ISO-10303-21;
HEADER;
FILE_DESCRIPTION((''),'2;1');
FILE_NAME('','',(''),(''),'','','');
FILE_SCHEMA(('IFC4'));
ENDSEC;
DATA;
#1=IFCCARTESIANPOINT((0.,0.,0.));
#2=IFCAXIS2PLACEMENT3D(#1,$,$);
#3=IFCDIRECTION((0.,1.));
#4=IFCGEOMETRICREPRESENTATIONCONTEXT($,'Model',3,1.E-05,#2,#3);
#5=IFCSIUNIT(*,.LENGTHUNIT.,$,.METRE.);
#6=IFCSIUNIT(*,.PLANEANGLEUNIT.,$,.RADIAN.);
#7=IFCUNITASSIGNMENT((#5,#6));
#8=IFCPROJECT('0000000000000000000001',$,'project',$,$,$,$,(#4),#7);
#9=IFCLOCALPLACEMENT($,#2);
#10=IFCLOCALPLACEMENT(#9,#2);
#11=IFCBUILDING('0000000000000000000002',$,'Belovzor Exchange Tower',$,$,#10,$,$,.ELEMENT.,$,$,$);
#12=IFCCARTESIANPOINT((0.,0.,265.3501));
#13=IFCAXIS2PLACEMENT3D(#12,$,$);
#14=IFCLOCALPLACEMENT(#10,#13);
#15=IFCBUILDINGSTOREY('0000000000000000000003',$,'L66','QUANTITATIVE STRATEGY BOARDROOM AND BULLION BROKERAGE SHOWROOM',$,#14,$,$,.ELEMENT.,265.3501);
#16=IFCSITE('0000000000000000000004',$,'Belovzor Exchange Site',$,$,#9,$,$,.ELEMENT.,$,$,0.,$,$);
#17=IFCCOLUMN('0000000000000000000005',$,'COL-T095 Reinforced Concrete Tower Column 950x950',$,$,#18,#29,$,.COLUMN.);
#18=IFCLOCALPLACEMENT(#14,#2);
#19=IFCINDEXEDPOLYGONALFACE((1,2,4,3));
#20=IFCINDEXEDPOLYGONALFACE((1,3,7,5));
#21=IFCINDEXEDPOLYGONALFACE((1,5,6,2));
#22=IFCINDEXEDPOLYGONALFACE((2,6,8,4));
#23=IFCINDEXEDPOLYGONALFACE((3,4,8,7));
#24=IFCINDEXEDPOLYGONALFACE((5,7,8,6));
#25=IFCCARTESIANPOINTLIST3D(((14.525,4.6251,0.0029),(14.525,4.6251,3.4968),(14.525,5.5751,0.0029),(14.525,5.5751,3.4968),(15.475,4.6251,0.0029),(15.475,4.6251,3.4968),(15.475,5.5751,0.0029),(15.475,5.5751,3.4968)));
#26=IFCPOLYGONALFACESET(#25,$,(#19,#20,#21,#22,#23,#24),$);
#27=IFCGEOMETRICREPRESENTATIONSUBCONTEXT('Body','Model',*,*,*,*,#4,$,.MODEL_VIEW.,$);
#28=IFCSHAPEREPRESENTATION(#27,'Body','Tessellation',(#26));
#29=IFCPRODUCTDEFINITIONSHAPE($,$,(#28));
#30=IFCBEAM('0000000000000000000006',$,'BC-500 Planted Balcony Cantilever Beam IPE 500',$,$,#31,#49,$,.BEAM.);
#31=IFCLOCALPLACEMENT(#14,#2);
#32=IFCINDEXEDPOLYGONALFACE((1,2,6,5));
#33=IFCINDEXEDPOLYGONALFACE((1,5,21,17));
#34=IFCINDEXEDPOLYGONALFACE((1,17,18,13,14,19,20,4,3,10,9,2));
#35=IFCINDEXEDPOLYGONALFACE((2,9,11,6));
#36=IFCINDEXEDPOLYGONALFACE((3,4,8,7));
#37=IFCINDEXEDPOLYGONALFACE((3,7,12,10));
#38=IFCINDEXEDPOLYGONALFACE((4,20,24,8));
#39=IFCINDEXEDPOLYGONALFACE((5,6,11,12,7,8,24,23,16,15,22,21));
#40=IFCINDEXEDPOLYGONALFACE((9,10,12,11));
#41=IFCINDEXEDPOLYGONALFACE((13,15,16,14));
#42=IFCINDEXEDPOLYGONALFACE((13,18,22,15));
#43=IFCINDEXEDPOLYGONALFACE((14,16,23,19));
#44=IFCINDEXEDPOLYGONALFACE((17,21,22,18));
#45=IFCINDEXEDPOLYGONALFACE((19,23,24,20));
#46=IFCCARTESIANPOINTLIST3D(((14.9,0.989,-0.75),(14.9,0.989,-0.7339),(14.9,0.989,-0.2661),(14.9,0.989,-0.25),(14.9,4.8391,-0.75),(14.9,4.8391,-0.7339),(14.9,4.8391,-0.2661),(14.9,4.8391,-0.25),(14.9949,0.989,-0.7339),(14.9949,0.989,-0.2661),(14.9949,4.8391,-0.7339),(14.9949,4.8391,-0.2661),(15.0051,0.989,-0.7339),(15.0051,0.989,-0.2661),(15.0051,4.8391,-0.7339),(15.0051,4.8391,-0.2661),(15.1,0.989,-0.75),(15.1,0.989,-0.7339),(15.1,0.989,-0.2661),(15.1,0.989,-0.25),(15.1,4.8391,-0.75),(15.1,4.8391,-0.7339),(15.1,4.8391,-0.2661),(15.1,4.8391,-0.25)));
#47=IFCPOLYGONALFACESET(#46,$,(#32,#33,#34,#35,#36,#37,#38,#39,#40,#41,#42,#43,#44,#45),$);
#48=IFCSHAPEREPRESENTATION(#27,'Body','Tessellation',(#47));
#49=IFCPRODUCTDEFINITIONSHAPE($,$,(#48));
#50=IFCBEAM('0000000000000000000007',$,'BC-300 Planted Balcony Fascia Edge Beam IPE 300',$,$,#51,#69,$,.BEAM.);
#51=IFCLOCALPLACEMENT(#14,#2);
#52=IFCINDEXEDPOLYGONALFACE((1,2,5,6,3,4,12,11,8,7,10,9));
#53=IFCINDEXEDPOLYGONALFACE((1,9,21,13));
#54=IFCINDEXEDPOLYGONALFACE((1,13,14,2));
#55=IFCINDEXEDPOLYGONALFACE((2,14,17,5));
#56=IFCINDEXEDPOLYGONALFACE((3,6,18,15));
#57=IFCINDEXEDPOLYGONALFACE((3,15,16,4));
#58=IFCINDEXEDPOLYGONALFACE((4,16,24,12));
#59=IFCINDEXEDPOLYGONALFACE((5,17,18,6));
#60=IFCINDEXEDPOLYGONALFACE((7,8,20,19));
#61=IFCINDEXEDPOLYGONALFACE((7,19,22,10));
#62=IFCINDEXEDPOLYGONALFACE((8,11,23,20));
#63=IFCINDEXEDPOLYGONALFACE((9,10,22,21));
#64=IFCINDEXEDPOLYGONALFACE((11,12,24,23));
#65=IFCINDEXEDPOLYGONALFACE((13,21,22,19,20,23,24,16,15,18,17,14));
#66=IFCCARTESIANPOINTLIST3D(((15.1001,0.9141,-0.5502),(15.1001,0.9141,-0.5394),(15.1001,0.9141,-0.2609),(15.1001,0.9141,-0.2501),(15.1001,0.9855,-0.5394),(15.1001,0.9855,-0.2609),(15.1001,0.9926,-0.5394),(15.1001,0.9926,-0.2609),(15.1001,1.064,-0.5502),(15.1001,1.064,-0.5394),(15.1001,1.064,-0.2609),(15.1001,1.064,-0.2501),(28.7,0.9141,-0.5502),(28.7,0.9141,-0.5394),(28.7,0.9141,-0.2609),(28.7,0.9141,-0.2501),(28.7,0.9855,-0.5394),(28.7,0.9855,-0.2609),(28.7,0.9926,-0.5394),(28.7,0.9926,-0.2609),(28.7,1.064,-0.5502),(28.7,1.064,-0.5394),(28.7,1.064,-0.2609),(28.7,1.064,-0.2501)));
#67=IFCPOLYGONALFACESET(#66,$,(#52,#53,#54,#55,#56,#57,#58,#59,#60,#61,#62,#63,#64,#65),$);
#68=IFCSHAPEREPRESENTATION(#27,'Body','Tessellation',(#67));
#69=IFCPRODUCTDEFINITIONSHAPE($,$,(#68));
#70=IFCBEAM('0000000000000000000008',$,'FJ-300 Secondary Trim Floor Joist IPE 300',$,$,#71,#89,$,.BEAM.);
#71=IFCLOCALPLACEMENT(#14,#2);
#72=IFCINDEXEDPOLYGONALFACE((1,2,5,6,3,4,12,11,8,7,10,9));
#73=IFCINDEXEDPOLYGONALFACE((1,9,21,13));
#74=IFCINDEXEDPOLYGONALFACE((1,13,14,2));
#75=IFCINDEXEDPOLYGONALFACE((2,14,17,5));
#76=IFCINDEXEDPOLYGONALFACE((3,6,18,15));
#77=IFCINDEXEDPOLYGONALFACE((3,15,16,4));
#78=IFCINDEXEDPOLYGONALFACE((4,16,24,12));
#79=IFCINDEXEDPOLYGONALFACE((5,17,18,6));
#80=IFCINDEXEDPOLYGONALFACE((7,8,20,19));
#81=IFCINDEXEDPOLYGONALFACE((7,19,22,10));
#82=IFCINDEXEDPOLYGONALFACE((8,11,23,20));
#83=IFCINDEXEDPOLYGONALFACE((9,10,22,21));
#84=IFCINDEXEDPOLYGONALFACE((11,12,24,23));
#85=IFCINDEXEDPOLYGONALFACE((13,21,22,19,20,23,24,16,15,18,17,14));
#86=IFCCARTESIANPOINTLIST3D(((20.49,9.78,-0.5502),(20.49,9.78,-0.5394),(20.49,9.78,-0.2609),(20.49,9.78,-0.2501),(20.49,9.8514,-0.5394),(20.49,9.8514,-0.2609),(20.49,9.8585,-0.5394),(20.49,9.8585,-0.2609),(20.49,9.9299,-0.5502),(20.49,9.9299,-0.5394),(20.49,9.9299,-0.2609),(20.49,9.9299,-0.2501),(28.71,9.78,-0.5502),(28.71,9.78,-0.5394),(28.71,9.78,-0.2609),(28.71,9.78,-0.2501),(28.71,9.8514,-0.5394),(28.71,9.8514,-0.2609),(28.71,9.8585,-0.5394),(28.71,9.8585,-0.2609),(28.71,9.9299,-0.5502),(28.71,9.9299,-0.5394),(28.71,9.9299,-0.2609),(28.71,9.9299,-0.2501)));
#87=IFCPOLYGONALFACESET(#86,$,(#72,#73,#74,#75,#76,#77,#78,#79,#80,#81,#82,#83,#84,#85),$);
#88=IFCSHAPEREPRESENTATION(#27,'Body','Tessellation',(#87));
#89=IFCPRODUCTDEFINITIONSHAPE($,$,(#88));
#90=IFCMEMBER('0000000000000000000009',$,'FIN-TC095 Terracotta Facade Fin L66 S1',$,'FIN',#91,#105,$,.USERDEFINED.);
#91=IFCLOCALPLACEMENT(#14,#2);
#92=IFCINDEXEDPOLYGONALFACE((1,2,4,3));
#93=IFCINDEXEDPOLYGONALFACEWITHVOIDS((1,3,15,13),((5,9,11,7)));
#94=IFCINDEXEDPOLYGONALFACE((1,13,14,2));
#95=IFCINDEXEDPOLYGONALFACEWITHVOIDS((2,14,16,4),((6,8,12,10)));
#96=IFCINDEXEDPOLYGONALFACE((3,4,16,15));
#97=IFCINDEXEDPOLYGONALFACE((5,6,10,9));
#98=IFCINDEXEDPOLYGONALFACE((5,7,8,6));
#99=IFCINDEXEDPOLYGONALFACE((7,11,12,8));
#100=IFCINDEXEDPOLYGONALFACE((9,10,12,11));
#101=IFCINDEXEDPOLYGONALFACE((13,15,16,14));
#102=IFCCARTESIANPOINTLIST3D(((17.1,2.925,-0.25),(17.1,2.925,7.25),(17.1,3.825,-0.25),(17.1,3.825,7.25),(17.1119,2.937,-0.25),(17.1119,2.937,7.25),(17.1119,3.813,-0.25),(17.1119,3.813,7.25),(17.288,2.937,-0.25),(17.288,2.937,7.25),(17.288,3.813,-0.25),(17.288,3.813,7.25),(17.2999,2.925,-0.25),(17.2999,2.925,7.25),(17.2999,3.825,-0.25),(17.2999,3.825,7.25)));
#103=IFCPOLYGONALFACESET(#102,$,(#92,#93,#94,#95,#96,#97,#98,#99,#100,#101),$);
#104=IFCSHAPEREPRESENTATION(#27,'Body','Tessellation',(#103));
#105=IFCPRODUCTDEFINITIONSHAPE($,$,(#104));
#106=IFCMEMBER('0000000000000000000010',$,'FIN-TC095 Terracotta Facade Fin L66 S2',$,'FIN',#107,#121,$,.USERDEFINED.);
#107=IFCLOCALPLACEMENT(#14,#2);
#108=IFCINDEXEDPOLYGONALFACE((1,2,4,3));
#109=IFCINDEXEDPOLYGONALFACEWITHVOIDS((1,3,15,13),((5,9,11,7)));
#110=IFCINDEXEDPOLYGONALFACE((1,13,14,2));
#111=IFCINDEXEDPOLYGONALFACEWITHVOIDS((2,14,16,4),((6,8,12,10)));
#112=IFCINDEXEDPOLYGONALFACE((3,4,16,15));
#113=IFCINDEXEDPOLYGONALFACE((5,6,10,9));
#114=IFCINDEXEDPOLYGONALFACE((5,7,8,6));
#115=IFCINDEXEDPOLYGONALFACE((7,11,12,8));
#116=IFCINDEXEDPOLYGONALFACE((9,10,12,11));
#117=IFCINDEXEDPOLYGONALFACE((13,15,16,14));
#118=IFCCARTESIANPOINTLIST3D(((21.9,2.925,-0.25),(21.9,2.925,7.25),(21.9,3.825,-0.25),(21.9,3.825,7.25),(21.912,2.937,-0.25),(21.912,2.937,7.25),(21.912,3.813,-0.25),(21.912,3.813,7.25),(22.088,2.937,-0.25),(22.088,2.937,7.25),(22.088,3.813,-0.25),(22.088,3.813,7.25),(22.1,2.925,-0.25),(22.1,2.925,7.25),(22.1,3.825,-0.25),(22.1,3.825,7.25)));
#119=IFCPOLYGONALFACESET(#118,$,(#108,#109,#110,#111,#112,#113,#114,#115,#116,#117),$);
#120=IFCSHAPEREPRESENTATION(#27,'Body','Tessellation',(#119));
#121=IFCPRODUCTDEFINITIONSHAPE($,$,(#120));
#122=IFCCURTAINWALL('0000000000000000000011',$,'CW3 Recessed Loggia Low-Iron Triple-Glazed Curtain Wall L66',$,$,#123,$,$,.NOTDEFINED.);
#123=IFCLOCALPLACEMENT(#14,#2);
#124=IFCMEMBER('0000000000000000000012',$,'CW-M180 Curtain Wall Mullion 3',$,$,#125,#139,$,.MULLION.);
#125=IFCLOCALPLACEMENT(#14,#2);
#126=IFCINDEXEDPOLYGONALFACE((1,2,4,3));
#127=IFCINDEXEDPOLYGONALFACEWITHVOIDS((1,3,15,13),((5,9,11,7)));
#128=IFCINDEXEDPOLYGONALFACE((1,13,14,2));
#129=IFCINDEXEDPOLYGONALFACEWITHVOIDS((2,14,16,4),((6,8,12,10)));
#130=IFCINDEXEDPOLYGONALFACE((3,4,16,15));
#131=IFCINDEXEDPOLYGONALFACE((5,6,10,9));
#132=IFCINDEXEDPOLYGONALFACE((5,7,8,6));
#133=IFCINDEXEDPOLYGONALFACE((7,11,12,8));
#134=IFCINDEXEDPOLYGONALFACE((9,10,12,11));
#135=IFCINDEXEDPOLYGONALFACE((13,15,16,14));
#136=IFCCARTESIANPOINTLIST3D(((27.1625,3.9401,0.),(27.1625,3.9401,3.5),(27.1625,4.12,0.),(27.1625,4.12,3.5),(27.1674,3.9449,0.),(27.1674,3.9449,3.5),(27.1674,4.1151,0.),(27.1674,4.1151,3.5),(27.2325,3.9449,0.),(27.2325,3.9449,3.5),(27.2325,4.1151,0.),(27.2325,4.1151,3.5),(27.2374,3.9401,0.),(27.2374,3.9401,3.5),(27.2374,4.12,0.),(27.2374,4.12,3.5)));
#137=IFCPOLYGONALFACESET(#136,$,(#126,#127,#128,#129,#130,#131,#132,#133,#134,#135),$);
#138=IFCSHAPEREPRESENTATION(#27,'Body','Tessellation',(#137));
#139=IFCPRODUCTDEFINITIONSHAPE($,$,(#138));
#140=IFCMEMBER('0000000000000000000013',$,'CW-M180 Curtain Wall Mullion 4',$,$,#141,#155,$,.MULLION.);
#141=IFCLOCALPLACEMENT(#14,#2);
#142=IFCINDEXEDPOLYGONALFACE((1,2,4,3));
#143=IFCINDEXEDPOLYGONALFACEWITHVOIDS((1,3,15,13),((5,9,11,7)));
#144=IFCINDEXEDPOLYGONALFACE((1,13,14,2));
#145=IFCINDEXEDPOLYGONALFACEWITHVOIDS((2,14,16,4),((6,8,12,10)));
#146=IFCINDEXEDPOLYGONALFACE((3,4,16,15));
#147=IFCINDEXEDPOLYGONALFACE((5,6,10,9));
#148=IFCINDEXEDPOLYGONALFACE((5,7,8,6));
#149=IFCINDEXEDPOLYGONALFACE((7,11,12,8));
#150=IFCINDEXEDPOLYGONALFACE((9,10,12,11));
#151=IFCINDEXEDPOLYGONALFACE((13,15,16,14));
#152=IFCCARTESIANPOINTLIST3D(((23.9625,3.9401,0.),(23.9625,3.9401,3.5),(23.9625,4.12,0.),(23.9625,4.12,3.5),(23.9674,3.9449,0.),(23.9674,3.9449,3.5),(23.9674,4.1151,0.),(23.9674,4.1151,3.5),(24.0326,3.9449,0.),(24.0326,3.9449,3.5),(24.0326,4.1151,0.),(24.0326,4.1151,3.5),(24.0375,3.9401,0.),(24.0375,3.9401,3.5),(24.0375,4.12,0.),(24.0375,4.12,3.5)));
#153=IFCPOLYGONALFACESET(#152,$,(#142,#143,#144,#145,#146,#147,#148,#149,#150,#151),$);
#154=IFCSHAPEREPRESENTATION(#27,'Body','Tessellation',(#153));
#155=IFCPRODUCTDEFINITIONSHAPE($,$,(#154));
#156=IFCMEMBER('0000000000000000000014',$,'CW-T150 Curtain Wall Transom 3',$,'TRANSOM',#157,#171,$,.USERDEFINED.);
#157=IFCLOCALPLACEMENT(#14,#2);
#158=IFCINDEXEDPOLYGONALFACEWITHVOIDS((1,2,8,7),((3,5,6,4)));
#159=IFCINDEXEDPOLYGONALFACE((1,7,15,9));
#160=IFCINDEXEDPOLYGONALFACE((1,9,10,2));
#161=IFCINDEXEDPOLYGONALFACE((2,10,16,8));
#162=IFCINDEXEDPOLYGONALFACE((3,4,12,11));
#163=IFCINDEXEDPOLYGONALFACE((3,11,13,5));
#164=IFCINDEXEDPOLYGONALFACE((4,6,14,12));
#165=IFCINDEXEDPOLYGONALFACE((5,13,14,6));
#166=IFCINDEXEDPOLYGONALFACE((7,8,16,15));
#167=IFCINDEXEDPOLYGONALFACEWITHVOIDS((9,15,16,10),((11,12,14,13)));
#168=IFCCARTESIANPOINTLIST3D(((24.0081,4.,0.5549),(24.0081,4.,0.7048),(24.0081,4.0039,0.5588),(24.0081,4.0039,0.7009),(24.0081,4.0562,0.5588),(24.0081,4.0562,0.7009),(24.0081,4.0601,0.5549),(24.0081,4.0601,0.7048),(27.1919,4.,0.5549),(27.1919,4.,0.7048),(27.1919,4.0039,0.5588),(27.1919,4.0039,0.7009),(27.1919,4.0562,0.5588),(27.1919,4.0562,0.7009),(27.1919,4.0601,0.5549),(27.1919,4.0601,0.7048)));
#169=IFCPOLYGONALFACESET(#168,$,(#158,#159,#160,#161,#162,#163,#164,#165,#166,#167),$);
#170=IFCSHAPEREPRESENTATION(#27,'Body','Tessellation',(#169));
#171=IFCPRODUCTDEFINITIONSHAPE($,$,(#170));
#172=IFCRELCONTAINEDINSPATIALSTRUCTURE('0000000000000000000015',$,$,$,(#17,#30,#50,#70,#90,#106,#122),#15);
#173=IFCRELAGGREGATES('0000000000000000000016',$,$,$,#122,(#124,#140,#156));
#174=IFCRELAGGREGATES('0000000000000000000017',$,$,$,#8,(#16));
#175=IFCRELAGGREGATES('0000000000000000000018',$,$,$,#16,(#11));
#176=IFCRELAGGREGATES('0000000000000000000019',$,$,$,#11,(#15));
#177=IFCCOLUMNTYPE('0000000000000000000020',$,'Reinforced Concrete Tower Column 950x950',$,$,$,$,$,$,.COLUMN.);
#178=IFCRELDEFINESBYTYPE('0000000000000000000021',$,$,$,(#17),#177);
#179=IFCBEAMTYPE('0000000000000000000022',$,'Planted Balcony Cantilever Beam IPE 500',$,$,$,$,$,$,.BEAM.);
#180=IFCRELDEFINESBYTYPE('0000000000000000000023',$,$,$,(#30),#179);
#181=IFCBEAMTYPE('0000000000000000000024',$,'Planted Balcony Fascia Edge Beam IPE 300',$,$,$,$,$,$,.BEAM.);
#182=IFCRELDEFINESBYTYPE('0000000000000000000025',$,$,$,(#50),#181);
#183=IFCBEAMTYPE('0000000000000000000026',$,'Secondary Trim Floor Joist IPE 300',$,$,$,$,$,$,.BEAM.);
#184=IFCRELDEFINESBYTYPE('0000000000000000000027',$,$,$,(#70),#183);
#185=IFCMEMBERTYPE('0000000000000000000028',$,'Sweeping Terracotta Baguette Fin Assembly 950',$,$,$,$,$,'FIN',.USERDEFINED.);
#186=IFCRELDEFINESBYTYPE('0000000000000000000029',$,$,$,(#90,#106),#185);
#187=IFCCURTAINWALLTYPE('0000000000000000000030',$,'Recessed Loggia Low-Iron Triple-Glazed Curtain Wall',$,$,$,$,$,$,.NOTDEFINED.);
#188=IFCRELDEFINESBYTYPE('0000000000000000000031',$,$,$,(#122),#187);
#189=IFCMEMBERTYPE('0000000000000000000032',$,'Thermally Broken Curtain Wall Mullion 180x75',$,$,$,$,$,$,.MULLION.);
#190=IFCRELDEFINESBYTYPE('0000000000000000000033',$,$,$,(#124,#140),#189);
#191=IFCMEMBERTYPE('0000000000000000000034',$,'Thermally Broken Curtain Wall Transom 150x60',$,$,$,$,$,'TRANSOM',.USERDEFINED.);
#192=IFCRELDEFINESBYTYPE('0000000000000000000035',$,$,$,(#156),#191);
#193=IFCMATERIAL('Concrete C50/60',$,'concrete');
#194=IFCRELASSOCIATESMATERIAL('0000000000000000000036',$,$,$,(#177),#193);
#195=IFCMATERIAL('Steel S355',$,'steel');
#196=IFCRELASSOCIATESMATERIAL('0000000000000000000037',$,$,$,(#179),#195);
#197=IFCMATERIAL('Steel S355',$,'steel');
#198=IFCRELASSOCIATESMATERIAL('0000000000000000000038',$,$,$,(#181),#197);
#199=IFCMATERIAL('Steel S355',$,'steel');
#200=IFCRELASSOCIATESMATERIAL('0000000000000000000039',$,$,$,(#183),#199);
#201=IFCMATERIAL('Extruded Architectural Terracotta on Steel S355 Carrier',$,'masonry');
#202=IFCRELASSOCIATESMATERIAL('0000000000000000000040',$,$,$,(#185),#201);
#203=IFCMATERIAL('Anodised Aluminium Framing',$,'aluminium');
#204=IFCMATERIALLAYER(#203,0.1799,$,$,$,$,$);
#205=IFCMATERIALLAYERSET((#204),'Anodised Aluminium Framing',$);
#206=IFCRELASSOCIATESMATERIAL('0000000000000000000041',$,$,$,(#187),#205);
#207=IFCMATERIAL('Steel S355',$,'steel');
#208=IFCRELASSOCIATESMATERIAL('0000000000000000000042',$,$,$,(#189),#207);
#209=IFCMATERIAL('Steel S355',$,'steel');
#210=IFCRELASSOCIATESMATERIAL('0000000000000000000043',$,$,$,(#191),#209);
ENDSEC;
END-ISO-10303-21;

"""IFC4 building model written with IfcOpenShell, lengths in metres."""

from ifc_helpers import new_model, si_unit, direction, frame, origin, origin_2d, place, context, subcontext, project, spatial, rectangle, hollow_rectangle, i_section, extrude, material, layer, layer_set, material_profile, profile_set, type_object, element, aggregate, save


model = new_model("IFC4")

# Units and contexts
model_context = context("Model", 3, precision=1e-05, world=origin(), true_north=direction((0.0, 1.0)))
body_context = subcontext(model_context, "Body", "Model", "MODEL_VIEW")
ifc_project = project(units=[si_unit("LENGTHUNIT", "METRE"), si_unit("PLANEANGLEUNIT", "RADIAN")], contexts=[model_context])

# Site, building, storey
site_placement = place(None, origin())
site = spatial("IfcSite", under=ifc_project, at=site_placement, Name="Belovzor Exchange Site", CompositionType="ELEMENT", RefElevation=0.0)
building_placement = place(site_placement, origin())
building = spatial("IfcBuilding", under=site, at=building_placement, Name="Belovzor Exchange Tower", CompositionType="ELEMENT")
storey_placement = place(building_placement, frame((0.0, 0.0, 265.3501)))
storey = spatial("IfcBuildingStorey", under=building, at=storey_placement, Name="L66", Description="QUANTITATIVE STRATEGY BOARDROOM AND BULLION BROKERAGE SHOWROOM", CompositionType="ELEMENT", Elevation=265.3501)

# Column
ifc_material_1 = material(Name="Concrete C50/60", Category="concrete")
ifc_material_profile_1 = material_profile(ifc_material_1, rectangle(XDim=0.95, YDim=0.95, at=origin_2d()))
ifc_profile_set_1 = profile_set([ifc_material_profile_1], Name="Concrete C50/60")
column_type = type_object("IfcColumnType", Name="Reinforced Concrete Tower Column 950x950", PredefinedType="COLUMN", material=ifc_profile_set_1)
column_placement = place(storey_placement, frame((15.0, 5.1001, 0.0029), z_axis=(0.0, 0.0, 1.0), x_axis=(1.0, 0.0, 0.0)))
element("IfcColumn", 1, at=column_placement, inside=storey, type_object=column_type, Name="COL-T095 Reinforced Concrete Tower Column 950x950", PredefinedType="COLUMN", context=body_context, shape_type="SweptSolid", body=[
    extrude(rectangle(XDim=0.95, YDim=0.95, at=origin_2d()), origin(), (0.0, 0.0, 1.0), 3.4939),
])

# Beams
ifc_material_2 = material(Name="Steel S355", Category="steel")
ifc_material_profile_2 = material_profile(ifc_material_2, i_section(OverallWidth=0.2, OverallDepth=0.5, WebThickness=0.0103, FlangeThickness=0.0161, at=origin_2d()))
ifc_profile_set_2 = profile_set([ifc_material_profile_2], Name="Steel S355")
beam_type_1 = type_object("IfcBeamType", Name="Planted Balcony Cantilever Beam IPE 500", PredefinedType="BEAM", material=ifc_profile_set_2)
beam_1_placement = place(storey_placement, frame((15.0, 4.8391, -0.5), z_axis=(0.0, -1.0, 0.0), x_axis=(1.0, 0.0, 0.0)))
element("IfcBeam", 2, at=beam_1_placement, inside=storey, type_object=beam_type_1, Name="BC-500 Planted Balcony Cantilever Beam IPE 500", PredefinedType="BEAM", context=body_context, shape_type="SweptSolid", body=[
    extrude(i_section(OverallWidth=0.2, OverallDepth=0.5, WebThickness=0.0103, FlangeThickness=0.0161, at=origin_2d()), origin(), (0.0, 0.0, 1.0), 3.8501),
])
ifc_material_3 = material(Name="Steel S355", Category="steel")
ifc_material_profile_3 = material_profile(ifc_material_3, i_section(OverallWidth=0.1499, OverallDepth=0.3, WebThickness=0.0071, FlangeThickness=0.0107, at=origin_2d()))
ifc_profile_set_3 = profile_set([ifc_material_profile_3], Name="Steel S355")
beam_type_2 = type_object("IfcBeamType", Name="Planted Balcony Fascia Edge Beam IPE 300", PredefinedType="BEAM", material=ifc_profile_set_3)
beam_2_placement = place(storey_placement, frame((15.1001, 0.989, -0.4001), z_axis=(1.0, 0.0, 0.0), x_axis=(0.0, 1.0, 0.0)))
element("IfcBeam", 3, at=beam_2_placement, inside=storey, type_object=beam_type_2, Name="BC-300 Planted Balcony Fascia Edge Beam IPE 300", PredefinedType="BEAM", context=body_context, shape_type="SweptSolid", body=[
    extrude(i_section(OverallWidth=0.1499, OverallDepth=0.3, WebThickness=0.0071, FlangeThickness=0.0107, at=origin_2d()), origin(), (0.0, 0.0, 1.0), 13.5999),
])
ifc_material_4 = material(Name="Steel S355", Category="steel")
ifc_material_profile_4 = material_profile(ifc_material_4, i_section(OverallWidth=0.1499, OverallDepth=0.3, WebThickness=0.0071, FlangeThickness=0.0107, at=origin_2d()))
ifc_profile_set_4 = profile_set([ifc_material_profile_4], Name="Steel S355")
beam_type_3 = type_object("IfcBeamType", Name="Secondary Trim Floor Joist IPE 300", PredefinedType="BEAM", material=ifc_profile_set_4)
beam_3_placement = place(storey_placement, frame((20.49, 9.855, -0.4001), z_axis=(1.0, 0.0, 0.0), x_axis=(0.0, 1.0, 0.0)))
element("IfcBeam", 4, at=beam_3_placement, inside=storey, type_object=beam_type_3, Name="FJ-300 Secondary Trim Floor Joist IPE 300", PredefinedType="BEAM", context=body_context, shape_type="SweptSolid", body=[
    extrude(i_section(OverallWidth=0.1499, OverallDepth=0.3, WebThickness=0.0071, FlangeThickness=0.0107, at=origin_2d()), origin(), (0.0, 0.0, 1.0), 8.22),
])

# Members
ifc_material_5 = material(Name="Extruded Architectural Terracotta on Steel S355 Carrier", Category="masonry")
ifc_material_profile_5 = material_profile(ifc_material_5, hollow_rectangle(XDim=0.2, YDim=0.8999, WallThickness=0.012, at=origin_2d()))
ifc_profile_set_5 = profile_set([ifc_material_profile_5], Name="Extruded Architectural Terracotta on Steel S355 Carrier")
member_type_1 = type_object("IfcMemberType", Name="Sweeping Terracotta Baguette Fin Assembly 950", ElementType="FIN", PredefinedType="USERDEFINED", material=ifc_profile_set_5)
for number, where, z_axis, x_axis, name in (
    (5, (17.2, 3.375, -0.25), (0.0, 0.0, 1.0), (1.0, 0.0, 0.0), "FIN-TC095 Terracotta Facade Fin L66 S1"),
    (6, (22.0, 3.375, -0.25), (0.0, 0.0, 1.0), (1.0, 0.0, 0.0), "FIN-TC095 Terracotta Facade Fin L66 S2"),
):
    element("IfcMember", number, at=place(storey_placement, frame(where, z_axis=z_axis, x_axis=x_axis)), inside=storey, type_object=member_type_1, Name=name, ObjectType="FIN", PredefinedType="USERDEFINED", context=body_context, shape_type="SweptSolid", body=[
        extrude(hollow_rectangle(XDim=0.2, YDim=0.8999, WallThickness=0.012, at=origin_2d()), origin(), (0.0, 0.0, 1.0), 7.5),
    ])

# Curtain wall, members
ifc_material_6 = material(Name="Anodised Aluminium Framing", Category="aluminium")
ifc_layer_1 = layer(ifc_material_6, 0.1799)
ifc_layer_set_1 = layer_set([ifc_layer_1], Name="Anodised Aluminium Framing")
curtain_wall_type = type_object("IfcCurtainWallType", Name="Recessed Loggia Low-Iron Triple-Glazed Curtain Wall", PredefinedType="NOTDEFINED", material=ifc_layer_set_1)
curtain_wall_placement = place(storey_placement, origin())
curtain_wall = element("IfcCurtainWall", 7, at=curtain_wall_placement, inside=storey, type_object=curtain_wall_type, Name="CW3 Recessed Loggia Low-Iron Triple-Glazed Curtain Wall L66", PredefinedType="NOTDEFINED")
ifc_material_7 = material(Name="Steel S355", Category="steel")
ifc_material_profile_6 = material_profile(ifc_material_7, hollow_rectangle(XDim=0.075, YDim=0.1799, WallThickness=0.0049, at=origin_2d()))
ifc_profile_set_6 = profile_set([ifc_material_profile_6], Name="Steel S355")
member_type_2 = type_object("IfcMemberType", Name="Thermally Broken Curtain Wall Mullion 180x75", PredefinedType="MULLION", material=ifc_profile_set_6)
member_1_placement = place(storey_placement, frame((27.2, 4.03, 0.0), z_axis=(0.0, 0.0, 1.0), x_axis=(-1.0, 0.0, 0.0)))
member_1 = element("IfcMember", 8, at=member_1_placement, type_object=member_type_2, Name="CW-M180 Curtain Wall Mullion 3", PredefinedType="MULLION", context=body_context, shape_type="SweptSolid", body=[
    extrude(hollow_rectangle(XDim=0.075, YDim=0.1799, WallThickness=0.0049, at=origin_2d()), origin(), (0.0, 0.0, 1.0), 3.5),
])
member_2_placement = place(storey_placement, frame((24.0, 4.03, 0.0), z_axis=(0.0, 0.0, 1.0), x_axis=(-1.0, 0.0, 0.0)))
member_2 = element("IfcMember", 9, at=member_2_placement, type_object=member_type_2, Name="CW-M180 Curtain Wall Mullion 4", PredefinedType="MULLION", context=body_context, shape_type="SweptSolid", body=[
    extrude(hollow_rectangle(XDim=0.075, YDim=0.1799, WallThickness=0.0049, at=origin_2d()), origin(), (0.0, 0.0, 1.0), 3.5),
])
ifc_material_8 = material(Name="Steel S355", Category="steel")
ifc_material_profile_7 = material_profile(ifc_material_8, hollow_rectangle(XDim=0.0601, YDim=0.1499, WallThickness=0.0039, at=origin_2d()))
ifc_profile_set_7 = profile_set([ifc_material_profile_7], Name="Steel S355")
member_type_3 = type_object("IfcMemberType", Name="Thermally Broken Curtain Wall Transom 150x60", ElementType="TRANSOM", PredefinedType="USERDEFINED", material=ifc_profile_set_7)
member_3_placement = place(storey_placement, frame((27.1919, 4.03, 0.6299), z_axis=(-1.0, 0.0, 0.0), x_axis=(0.0, -1.0, 0.0)))
member_3 = element("IfcMember", 10, at=member_3_placement, type_object=member_type_3, Name="CW-T150 Curtain Wall Transom 3", ObjectType="TRANSOM", PredefinedType="USERDEFINED", context=body_context, shape_type="SweptSolid", body=[
    extrude(hollow_rectangle(XDim=0.0601, YDim=0.1499, WallThickness=0.0039, at=origin_2d()), origin(), (0.0, 0.0, 1.0), 3.1838),
])

aggregate(curtain_wall, [member_1, member_2, member_3])

save(model, "model.ifc")
